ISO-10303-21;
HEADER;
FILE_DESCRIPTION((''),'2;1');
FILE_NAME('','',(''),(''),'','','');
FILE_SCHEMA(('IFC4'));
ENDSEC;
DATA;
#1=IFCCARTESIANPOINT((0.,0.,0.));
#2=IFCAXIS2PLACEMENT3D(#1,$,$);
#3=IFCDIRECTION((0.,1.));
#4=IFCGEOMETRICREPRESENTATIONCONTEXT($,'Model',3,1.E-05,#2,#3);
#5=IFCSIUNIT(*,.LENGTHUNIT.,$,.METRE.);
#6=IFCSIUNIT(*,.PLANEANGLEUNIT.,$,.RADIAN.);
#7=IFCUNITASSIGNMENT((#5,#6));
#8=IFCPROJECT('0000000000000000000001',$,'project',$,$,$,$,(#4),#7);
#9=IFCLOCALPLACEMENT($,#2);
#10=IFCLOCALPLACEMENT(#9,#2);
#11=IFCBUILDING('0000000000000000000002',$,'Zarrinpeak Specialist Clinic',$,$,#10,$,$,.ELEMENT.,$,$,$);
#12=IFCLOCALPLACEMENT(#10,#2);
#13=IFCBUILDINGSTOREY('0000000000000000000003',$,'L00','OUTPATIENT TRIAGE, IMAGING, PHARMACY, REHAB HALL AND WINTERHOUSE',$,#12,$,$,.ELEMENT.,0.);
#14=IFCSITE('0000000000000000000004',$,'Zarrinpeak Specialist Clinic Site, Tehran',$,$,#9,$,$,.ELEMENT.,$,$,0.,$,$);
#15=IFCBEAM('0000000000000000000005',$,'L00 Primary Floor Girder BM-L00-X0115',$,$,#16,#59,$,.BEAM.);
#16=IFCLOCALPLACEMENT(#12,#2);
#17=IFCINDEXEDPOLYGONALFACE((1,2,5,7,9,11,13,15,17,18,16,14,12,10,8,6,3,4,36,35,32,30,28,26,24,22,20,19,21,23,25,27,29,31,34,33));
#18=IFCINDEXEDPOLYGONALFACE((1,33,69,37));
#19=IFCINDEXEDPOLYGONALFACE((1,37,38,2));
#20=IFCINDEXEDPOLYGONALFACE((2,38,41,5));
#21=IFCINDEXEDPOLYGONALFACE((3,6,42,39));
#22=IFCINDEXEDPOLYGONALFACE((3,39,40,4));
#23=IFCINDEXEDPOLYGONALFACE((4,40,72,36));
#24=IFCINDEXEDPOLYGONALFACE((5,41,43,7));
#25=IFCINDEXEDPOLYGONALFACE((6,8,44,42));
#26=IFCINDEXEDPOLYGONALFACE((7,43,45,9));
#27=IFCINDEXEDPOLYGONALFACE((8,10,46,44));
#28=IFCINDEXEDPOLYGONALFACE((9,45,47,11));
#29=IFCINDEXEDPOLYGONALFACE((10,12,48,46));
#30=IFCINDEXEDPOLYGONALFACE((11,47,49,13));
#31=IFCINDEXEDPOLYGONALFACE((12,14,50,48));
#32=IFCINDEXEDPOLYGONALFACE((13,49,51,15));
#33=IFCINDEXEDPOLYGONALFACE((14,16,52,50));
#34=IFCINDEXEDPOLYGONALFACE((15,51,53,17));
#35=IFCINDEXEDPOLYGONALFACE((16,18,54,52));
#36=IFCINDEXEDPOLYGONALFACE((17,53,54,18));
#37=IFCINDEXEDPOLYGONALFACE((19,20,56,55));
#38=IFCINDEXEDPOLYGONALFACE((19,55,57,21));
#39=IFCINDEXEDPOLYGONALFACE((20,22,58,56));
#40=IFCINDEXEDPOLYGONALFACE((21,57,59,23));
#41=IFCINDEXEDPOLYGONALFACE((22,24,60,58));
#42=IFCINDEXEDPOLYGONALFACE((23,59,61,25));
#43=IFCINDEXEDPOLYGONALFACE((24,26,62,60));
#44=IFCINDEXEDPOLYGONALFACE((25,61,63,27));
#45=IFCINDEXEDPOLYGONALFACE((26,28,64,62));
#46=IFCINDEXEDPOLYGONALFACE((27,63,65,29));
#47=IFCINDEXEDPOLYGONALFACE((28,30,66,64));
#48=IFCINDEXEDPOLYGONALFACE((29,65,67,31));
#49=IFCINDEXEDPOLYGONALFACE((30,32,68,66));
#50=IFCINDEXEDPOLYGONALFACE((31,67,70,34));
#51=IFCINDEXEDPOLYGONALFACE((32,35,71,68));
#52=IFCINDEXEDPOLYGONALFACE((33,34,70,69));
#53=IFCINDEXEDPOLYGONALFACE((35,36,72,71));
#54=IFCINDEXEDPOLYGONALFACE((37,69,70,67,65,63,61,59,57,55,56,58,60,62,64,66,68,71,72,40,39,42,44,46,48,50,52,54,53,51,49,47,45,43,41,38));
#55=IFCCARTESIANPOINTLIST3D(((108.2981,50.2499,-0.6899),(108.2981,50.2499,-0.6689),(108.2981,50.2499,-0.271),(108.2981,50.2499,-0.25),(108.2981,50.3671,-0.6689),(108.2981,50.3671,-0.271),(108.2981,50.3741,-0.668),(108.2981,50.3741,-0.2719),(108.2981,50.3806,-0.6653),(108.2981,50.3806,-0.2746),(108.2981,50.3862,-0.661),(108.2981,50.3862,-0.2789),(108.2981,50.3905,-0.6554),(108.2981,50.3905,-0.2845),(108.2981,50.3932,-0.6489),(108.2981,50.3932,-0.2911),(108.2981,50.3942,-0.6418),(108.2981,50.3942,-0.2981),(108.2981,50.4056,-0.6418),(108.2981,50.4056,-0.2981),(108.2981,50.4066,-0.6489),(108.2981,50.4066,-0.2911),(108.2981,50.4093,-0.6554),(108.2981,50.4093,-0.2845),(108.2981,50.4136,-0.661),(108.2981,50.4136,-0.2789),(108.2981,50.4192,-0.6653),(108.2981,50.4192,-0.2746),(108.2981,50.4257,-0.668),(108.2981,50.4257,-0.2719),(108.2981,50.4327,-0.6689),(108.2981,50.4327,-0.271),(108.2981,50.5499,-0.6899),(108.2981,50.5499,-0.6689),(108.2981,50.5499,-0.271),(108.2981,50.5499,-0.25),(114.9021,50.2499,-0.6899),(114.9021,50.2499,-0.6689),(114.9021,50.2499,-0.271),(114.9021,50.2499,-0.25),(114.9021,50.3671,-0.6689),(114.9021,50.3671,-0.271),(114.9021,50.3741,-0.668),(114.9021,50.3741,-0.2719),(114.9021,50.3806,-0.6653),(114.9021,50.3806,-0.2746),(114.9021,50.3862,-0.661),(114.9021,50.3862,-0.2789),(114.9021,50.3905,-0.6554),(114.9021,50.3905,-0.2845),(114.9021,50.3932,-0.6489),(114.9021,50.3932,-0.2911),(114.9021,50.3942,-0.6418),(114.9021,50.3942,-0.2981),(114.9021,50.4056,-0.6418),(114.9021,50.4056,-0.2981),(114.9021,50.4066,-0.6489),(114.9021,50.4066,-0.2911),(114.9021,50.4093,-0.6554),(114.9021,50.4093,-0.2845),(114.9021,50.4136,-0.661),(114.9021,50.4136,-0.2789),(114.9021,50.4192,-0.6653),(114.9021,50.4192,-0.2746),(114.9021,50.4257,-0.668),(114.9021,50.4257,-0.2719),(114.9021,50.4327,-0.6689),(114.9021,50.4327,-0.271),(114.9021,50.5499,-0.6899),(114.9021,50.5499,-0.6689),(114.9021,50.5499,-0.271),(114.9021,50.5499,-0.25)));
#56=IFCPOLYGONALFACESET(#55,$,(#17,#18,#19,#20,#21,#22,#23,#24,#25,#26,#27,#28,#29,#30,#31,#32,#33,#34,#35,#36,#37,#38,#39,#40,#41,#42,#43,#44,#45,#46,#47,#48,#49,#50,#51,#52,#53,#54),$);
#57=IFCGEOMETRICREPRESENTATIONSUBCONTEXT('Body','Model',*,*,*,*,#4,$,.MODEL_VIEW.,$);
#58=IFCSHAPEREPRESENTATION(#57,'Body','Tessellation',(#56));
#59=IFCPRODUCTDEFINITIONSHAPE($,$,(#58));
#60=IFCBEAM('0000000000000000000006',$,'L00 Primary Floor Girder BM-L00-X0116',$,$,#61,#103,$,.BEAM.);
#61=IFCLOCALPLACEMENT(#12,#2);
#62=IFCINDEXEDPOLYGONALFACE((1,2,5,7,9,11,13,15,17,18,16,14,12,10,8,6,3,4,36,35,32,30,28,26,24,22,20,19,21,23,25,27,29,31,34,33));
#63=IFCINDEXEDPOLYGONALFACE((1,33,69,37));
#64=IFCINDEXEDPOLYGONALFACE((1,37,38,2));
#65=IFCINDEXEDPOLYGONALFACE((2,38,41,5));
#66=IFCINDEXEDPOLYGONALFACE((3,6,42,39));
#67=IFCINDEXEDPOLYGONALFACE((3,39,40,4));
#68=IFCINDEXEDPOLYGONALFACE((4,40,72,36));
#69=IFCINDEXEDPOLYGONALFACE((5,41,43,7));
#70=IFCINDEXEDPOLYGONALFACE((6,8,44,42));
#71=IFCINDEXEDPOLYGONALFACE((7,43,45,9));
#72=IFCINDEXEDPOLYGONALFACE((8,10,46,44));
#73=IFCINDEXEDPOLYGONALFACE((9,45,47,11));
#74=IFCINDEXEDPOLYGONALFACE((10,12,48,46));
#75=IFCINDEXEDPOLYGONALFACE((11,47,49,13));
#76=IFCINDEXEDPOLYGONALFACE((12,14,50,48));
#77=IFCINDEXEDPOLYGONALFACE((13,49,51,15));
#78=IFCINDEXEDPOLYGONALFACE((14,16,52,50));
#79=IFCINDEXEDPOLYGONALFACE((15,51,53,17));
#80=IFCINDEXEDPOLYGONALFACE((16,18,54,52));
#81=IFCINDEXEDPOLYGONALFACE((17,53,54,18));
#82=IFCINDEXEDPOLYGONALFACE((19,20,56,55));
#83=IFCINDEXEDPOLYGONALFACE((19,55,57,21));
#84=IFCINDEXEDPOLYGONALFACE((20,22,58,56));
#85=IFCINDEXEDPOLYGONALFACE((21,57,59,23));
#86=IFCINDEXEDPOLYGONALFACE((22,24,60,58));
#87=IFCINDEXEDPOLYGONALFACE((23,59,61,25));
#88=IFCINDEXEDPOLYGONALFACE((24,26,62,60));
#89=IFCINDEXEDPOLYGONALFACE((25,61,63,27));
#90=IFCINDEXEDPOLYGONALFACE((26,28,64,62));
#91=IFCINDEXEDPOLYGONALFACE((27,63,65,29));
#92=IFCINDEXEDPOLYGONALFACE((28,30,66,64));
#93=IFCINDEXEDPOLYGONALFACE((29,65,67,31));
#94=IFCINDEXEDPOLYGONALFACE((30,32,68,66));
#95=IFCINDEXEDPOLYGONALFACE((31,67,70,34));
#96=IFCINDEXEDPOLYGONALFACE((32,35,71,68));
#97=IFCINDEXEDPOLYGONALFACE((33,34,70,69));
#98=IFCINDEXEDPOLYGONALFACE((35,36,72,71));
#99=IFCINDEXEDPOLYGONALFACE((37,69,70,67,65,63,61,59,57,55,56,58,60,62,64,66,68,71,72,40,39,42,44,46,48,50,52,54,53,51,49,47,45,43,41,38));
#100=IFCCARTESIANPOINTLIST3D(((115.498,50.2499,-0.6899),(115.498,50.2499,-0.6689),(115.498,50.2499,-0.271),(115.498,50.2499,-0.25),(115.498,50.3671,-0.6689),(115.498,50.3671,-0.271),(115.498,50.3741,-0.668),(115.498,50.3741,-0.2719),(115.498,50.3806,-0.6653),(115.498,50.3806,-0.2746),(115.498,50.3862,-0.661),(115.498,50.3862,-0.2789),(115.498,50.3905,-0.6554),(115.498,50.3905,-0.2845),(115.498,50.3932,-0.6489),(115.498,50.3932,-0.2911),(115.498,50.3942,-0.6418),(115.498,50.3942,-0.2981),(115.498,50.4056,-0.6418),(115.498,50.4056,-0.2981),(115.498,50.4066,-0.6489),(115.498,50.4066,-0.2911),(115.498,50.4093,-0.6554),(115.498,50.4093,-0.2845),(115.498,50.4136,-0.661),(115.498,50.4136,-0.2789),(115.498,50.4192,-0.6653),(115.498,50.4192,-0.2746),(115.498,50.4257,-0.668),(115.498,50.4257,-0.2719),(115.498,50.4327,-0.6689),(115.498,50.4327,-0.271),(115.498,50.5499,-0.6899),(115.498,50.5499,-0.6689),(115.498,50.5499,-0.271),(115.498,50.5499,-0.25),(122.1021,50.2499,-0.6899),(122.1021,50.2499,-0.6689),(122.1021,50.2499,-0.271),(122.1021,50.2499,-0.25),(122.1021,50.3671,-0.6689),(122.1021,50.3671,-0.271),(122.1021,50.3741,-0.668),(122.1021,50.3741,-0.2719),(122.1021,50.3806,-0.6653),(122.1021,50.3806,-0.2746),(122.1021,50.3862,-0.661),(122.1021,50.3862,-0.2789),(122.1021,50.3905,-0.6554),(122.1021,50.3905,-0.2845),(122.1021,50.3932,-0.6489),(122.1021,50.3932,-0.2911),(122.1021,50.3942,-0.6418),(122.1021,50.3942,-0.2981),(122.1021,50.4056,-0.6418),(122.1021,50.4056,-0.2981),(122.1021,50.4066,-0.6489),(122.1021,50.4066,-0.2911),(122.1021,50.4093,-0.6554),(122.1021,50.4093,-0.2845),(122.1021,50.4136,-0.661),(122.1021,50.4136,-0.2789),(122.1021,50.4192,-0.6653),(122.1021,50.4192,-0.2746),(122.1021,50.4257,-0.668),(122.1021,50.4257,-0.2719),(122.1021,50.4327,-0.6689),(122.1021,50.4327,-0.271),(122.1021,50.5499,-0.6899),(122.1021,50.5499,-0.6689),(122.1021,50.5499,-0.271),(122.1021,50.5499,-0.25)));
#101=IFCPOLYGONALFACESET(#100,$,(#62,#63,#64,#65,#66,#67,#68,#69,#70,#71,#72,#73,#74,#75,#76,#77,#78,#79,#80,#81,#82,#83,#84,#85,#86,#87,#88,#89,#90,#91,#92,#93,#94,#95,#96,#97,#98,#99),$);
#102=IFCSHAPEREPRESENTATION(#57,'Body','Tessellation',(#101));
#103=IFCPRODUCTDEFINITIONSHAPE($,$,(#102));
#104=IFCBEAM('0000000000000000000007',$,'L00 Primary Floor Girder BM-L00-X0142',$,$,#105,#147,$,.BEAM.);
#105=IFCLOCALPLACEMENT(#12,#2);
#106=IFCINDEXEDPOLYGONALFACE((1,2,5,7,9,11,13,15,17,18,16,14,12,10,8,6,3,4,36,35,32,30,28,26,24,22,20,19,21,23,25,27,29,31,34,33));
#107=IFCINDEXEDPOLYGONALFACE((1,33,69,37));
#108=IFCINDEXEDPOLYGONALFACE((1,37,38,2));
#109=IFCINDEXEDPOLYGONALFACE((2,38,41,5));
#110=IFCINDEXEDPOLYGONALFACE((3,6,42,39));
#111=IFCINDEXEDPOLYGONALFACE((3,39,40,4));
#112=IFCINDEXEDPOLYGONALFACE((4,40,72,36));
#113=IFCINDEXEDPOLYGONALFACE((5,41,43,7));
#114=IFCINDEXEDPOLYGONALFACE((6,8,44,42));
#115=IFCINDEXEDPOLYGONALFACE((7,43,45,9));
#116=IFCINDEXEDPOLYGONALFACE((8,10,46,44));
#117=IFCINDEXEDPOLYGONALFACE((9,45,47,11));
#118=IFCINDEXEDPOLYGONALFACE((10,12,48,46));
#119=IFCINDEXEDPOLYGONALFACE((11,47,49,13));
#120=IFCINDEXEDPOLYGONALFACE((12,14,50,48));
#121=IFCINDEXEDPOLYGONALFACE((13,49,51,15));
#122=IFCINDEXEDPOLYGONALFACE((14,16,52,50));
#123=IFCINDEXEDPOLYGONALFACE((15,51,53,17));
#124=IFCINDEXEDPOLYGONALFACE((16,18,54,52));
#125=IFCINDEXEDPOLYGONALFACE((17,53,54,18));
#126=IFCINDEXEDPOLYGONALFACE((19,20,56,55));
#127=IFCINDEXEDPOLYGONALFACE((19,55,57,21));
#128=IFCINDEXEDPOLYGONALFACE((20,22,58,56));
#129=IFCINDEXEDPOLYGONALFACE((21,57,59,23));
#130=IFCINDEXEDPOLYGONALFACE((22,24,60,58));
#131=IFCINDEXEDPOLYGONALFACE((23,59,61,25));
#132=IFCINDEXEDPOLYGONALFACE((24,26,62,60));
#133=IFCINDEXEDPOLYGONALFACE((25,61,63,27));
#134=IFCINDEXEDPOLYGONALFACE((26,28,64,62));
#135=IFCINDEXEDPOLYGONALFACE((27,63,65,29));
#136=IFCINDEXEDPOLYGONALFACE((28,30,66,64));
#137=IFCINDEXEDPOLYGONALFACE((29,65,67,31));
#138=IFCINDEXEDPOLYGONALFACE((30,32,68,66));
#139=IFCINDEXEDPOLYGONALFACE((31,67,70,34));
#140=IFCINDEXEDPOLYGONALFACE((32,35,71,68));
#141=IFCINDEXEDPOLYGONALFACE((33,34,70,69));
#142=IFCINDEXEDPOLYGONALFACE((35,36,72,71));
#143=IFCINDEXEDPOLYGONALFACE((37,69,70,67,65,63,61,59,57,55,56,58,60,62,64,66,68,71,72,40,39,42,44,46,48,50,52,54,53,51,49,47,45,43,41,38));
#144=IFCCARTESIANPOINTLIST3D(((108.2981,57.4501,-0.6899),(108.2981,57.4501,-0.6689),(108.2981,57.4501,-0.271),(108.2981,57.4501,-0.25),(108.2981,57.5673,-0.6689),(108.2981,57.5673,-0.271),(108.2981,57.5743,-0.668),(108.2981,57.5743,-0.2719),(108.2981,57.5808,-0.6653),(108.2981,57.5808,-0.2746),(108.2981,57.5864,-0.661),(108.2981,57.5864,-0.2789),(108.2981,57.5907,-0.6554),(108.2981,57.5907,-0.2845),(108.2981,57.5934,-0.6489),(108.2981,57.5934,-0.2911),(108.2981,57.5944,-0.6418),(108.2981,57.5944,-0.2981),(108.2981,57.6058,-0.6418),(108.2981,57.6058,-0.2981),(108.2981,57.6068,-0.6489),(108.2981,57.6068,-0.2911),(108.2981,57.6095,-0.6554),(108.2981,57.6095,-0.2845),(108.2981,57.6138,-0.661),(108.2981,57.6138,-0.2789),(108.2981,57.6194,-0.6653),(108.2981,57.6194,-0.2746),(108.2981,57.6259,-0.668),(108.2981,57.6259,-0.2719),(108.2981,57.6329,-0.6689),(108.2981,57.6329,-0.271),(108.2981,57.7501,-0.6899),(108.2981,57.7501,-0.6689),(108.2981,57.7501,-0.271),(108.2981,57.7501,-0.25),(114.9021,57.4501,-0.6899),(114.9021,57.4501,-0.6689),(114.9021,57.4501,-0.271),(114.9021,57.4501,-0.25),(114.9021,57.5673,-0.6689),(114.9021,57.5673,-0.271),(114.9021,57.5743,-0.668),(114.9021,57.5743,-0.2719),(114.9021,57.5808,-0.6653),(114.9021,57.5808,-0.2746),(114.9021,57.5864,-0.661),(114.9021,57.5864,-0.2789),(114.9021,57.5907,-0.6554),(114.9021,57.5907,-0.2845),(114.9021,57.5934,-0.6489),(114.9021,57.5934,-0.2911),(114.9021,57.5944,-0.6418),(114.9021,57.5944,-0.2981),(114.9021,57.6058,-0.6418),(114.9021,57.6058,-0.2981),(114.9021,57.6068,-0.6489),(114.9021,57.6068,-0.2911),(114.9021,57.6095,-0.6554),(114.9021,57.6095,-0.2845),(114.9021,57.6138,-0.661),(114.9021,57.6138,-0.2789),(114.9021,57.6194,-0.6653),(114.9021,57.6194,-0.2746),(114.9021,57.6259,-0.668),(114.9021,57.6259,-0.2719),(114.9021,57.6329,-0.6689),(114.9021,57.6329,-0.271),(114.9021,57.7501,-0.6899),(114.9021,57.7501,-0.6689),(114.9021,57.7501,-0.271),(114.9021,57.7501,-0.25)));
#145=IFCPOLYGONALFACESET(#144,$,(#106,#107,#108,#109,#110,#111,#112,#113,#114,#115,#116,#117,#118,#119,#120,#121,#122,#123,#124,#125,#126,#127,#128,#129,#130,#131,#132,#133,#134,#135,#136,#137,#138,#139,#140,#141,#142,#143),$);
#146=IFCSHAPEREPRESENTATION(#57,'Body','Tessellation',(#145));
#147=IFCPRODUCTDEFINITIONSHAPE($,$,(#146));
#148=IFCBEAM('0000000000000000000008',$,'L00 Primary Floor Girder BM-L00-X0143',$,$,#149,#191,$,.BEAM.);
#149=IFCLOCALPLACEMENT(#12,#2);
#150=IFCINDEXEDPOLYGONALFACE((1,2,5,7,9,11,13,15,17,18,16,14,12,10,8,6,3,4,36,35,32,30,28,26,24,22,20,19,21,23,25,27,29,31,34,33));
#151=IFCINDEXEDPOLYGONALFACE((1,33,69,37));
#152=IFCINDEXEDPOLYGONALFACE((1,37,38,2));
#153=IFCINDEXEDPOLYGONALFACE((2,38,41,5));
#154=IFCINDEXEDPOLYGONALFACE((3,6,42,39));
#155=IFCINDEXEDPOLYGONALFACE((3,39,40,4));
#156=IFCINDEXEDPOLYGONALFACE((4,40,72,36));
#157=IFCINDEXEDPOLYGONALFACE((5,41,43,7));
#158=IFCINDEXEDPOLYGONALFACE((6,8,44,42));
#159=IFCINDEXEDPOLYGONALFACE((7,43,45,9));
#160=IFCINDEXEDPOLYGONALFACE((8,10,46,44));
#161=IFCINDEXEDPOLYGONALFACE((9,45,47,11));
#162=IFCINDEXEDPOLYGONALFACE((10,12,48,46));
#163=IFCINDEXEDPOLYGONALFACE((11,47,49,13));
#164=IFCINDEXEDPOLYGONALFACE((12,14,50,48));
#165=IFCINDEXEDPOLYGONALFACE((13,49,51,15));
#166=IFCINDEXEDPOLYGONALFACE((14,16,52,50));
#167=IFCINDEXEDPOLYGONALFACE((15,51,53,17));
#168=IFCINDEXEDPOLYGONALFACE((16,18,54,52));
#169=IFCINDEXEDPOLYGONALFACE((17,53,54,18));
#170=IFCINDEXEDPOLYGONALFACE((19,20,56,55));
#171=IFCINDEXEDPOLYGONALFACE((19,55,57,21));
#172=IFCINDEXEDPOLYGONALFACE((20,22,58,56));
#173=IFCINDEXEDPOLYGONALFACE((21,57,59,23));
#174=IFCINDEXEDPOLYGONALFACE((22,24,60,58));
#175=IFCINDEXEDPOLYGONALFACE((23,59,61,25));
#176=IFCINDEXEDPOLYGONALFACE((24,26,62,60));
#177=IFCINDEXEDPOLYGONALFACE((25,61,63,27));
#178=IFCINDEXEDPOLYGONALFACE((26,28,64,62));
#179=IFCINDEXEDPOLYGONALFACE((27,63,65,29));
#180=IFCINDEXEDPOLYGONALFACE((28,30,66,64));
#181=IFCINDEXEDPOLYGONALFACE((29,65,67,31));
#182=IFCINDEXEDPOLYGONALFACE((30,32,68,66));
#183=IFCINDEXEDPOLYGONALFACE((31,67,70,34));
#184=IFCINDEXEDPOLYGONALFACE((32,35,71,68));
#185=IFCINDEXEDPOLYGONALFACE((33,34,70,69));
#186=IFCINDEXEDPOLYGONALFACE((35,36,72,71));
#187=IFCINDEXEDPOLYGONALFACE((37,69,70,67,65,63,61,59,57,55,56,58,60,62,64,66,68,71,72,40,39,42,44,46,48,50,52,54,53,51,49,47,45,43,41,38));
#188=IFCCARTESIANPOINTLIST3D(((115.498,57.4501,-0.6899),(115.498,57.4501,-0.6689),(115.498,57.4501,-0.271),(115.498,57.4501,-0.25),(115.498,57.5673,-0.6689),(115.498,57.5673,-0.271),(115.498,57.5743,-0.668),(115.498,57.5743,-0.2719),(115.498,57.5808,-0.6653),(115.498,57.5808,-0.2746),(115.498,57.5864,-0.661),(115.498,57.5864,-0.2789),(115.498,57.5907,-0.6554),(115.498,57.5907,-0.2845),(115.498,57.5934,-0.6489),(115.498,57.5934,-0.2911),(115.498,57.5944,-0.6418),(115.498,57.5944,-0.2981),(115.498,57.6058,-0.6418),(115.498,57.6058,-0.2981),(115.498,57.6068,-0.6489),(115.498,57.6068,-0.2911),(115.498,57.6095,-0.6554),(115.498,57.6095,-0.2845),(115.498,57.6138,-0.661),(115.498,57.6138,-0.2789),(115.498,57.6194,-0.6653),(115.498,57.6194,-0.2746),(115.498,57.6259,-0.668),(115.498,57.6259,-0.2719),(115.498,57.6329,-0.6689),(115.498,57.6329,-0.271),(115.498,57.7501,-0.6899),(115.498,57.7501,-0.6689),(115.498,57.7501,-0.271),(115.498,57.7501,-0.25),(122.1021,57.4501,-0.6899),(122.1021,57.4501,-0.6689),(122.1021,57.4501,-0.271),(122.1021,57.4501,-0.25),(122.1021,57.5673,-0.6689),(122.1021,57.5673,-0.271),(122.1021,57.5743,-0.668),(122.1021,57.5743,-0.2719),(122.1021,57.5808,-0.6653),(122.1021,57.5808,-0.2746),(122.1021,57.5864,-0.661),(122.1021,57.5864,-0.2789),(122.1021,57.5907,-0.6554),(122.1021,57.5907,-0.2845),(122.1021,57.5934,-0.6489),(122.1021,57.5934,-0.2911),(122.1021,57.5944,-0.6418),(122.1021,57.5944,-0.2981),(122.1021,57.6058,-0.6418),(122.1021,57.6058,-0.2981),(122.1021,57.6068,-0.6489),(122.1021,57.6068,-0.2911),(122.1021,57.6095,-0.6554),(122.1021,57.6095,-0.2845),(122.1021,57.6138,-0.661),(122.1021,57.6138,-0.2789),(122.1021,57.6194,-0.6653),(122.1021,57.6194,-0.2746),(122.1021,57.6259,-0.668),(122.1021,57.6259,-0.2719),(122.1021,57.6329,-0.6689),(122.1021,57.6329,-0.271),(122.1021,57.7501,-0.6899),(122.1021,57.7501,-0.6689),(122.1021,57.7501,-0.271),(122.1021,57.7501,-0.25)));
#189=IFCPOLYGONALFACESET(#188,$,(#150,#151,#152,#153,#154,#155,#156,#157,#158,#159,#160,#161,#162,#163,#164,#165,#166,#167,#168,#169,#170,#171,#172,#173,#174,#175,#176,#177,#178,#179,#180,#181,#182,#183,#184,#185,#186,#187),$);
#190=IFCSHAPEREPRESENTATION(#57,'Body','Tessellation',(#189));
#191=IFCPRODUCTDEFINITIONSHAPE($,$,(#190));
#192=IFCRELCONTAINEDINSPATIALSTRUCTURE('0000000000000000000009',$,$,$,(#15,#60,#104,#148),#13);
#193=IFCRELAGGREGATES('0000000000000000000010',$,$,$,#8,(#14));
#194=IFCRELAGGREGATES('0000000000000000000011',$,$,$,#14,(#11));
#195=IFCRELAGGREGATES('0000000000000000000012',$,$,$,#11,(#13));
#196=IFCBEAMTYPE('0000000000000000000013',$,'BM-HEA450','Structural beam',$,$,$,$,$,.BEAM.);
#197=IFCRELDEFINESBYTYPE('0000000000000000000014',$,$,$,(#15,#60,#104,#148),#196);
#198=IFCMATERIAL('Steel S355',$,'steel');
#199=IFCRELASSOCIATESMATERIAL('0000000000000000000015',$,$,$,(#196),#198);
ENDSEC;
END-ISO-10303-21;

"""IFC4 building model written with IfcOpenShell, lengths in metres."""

from ifc_helpers import new_model, si_unit, direction, frame, origin, origin_2d, place, context, subcontext, project, spatial, i_section, extrude, material, material_profile, profile_set, type_object, element, save


model = new_model("IFC4")

# Units and contexts
model_context = context("Model", 3, precision=1e-05, world=origin(), true_north=direction((0.0, 1.0)))
body_context = subcontext(model_context, "Body", "Model", "MODEL_VIEW")
ifc_project = project(units=[si_unit("LENGTHUNIT", "METRE"), si_unit("PLANEANGLEUNIT", "RADIAN")], contexts=[model_context])

# Site, building, storey
site_placement = place(None, origin())
site = spatial("IfcSite", under=ifc_project, at=site_placement, Name="Zarrinpeak Specialist Clinic Site, Tehran", CompositionType="ELEMENT", RefElevation=0.0)
building_placement = place(site_placement, origin())
building = spatial("IfcBuilding", under=site, at=building_placement, Name="Zarrinpeak Specialist Clinic", CompositionType="ELEMENT")
storey_placement = place(building_placement, origin())
storey = spatial("IfcBuildingStorey", under=building, at=storey_placement, Name="L00", Description="OUTPATIENT TRIAGE, IMAGING, PHARMACY, REHAB HALL AND WINTERHOUSE", CompositionType="ELEMENT", Elevation=0.0)

# Shared definitions
ifc_material = material(Name="Steel S355", Category="steel")

# Beams
ifc_material_profile_1 = material_profile(ifc_material, i_section(OverallWidth=0.3, OverallDepth=0.4399, WebThickness=0.0115, FlangeThickness=0.021, FilletRadius=0.0271, at=origin_2d()), Name="HEA 450")
ifc_profile_set_1 = profile_set([ifc_material_profile_1], Name="Steel S355")
beam_type_1 = type_object("IfcBeamType", Name="BM-HEA450", Description="Structural beam", PredefinedType="BEAM", material=ifc_profile_set_1)
for number, where, z_axis, x_axis, name in (
    (1, (108.2981, 50.3999, -0.47), (1.0, 0.0, 0.0), (0.0, 1.0, 0.0), "L00 Primary Floor Girder BM-L00-X0115"),
    (2, (115.498, 50.3999, -0.47), (1.0, 0.0, 0.0), (0.0, 1.0, 0.0), "L00 Primary Floor Girder BM-L00-X0116"),
    (3, (108.2981, 57.6001, -0.47), (1.0, 0.0, 0.0), (0.0, 1.0, 0.0), "L00 Primary Floor Girder BM-L00-X0142"),
    (4, (115.498, 57.6001, -0.47), (1.0, 0.0, 0.0), (0.0, 1.0, 0.0), "L00 Primary Floor Girder BM-L00-X0143"),
):
    element("IfcBeam", number, at=place(storey_placement, frame(where, z_axis=z_axis, x_axis=x_axis)), inside=storey, type_object=beam_type_1, Name=name, PredefinedType="BEAM", context=body_context, shape_type="SweptSolid", body=[
        extrude(i_section(OverallWidth=0.3, OverallDepth=0.4399, WebThickness=0.0115, FlangeThickness=0.021, FilletRadius=0.0271, at=origin_2d()), origin(), (0.0, 0.0, 1.0), 6.604),
    ])

save(model, "model.ifc")
